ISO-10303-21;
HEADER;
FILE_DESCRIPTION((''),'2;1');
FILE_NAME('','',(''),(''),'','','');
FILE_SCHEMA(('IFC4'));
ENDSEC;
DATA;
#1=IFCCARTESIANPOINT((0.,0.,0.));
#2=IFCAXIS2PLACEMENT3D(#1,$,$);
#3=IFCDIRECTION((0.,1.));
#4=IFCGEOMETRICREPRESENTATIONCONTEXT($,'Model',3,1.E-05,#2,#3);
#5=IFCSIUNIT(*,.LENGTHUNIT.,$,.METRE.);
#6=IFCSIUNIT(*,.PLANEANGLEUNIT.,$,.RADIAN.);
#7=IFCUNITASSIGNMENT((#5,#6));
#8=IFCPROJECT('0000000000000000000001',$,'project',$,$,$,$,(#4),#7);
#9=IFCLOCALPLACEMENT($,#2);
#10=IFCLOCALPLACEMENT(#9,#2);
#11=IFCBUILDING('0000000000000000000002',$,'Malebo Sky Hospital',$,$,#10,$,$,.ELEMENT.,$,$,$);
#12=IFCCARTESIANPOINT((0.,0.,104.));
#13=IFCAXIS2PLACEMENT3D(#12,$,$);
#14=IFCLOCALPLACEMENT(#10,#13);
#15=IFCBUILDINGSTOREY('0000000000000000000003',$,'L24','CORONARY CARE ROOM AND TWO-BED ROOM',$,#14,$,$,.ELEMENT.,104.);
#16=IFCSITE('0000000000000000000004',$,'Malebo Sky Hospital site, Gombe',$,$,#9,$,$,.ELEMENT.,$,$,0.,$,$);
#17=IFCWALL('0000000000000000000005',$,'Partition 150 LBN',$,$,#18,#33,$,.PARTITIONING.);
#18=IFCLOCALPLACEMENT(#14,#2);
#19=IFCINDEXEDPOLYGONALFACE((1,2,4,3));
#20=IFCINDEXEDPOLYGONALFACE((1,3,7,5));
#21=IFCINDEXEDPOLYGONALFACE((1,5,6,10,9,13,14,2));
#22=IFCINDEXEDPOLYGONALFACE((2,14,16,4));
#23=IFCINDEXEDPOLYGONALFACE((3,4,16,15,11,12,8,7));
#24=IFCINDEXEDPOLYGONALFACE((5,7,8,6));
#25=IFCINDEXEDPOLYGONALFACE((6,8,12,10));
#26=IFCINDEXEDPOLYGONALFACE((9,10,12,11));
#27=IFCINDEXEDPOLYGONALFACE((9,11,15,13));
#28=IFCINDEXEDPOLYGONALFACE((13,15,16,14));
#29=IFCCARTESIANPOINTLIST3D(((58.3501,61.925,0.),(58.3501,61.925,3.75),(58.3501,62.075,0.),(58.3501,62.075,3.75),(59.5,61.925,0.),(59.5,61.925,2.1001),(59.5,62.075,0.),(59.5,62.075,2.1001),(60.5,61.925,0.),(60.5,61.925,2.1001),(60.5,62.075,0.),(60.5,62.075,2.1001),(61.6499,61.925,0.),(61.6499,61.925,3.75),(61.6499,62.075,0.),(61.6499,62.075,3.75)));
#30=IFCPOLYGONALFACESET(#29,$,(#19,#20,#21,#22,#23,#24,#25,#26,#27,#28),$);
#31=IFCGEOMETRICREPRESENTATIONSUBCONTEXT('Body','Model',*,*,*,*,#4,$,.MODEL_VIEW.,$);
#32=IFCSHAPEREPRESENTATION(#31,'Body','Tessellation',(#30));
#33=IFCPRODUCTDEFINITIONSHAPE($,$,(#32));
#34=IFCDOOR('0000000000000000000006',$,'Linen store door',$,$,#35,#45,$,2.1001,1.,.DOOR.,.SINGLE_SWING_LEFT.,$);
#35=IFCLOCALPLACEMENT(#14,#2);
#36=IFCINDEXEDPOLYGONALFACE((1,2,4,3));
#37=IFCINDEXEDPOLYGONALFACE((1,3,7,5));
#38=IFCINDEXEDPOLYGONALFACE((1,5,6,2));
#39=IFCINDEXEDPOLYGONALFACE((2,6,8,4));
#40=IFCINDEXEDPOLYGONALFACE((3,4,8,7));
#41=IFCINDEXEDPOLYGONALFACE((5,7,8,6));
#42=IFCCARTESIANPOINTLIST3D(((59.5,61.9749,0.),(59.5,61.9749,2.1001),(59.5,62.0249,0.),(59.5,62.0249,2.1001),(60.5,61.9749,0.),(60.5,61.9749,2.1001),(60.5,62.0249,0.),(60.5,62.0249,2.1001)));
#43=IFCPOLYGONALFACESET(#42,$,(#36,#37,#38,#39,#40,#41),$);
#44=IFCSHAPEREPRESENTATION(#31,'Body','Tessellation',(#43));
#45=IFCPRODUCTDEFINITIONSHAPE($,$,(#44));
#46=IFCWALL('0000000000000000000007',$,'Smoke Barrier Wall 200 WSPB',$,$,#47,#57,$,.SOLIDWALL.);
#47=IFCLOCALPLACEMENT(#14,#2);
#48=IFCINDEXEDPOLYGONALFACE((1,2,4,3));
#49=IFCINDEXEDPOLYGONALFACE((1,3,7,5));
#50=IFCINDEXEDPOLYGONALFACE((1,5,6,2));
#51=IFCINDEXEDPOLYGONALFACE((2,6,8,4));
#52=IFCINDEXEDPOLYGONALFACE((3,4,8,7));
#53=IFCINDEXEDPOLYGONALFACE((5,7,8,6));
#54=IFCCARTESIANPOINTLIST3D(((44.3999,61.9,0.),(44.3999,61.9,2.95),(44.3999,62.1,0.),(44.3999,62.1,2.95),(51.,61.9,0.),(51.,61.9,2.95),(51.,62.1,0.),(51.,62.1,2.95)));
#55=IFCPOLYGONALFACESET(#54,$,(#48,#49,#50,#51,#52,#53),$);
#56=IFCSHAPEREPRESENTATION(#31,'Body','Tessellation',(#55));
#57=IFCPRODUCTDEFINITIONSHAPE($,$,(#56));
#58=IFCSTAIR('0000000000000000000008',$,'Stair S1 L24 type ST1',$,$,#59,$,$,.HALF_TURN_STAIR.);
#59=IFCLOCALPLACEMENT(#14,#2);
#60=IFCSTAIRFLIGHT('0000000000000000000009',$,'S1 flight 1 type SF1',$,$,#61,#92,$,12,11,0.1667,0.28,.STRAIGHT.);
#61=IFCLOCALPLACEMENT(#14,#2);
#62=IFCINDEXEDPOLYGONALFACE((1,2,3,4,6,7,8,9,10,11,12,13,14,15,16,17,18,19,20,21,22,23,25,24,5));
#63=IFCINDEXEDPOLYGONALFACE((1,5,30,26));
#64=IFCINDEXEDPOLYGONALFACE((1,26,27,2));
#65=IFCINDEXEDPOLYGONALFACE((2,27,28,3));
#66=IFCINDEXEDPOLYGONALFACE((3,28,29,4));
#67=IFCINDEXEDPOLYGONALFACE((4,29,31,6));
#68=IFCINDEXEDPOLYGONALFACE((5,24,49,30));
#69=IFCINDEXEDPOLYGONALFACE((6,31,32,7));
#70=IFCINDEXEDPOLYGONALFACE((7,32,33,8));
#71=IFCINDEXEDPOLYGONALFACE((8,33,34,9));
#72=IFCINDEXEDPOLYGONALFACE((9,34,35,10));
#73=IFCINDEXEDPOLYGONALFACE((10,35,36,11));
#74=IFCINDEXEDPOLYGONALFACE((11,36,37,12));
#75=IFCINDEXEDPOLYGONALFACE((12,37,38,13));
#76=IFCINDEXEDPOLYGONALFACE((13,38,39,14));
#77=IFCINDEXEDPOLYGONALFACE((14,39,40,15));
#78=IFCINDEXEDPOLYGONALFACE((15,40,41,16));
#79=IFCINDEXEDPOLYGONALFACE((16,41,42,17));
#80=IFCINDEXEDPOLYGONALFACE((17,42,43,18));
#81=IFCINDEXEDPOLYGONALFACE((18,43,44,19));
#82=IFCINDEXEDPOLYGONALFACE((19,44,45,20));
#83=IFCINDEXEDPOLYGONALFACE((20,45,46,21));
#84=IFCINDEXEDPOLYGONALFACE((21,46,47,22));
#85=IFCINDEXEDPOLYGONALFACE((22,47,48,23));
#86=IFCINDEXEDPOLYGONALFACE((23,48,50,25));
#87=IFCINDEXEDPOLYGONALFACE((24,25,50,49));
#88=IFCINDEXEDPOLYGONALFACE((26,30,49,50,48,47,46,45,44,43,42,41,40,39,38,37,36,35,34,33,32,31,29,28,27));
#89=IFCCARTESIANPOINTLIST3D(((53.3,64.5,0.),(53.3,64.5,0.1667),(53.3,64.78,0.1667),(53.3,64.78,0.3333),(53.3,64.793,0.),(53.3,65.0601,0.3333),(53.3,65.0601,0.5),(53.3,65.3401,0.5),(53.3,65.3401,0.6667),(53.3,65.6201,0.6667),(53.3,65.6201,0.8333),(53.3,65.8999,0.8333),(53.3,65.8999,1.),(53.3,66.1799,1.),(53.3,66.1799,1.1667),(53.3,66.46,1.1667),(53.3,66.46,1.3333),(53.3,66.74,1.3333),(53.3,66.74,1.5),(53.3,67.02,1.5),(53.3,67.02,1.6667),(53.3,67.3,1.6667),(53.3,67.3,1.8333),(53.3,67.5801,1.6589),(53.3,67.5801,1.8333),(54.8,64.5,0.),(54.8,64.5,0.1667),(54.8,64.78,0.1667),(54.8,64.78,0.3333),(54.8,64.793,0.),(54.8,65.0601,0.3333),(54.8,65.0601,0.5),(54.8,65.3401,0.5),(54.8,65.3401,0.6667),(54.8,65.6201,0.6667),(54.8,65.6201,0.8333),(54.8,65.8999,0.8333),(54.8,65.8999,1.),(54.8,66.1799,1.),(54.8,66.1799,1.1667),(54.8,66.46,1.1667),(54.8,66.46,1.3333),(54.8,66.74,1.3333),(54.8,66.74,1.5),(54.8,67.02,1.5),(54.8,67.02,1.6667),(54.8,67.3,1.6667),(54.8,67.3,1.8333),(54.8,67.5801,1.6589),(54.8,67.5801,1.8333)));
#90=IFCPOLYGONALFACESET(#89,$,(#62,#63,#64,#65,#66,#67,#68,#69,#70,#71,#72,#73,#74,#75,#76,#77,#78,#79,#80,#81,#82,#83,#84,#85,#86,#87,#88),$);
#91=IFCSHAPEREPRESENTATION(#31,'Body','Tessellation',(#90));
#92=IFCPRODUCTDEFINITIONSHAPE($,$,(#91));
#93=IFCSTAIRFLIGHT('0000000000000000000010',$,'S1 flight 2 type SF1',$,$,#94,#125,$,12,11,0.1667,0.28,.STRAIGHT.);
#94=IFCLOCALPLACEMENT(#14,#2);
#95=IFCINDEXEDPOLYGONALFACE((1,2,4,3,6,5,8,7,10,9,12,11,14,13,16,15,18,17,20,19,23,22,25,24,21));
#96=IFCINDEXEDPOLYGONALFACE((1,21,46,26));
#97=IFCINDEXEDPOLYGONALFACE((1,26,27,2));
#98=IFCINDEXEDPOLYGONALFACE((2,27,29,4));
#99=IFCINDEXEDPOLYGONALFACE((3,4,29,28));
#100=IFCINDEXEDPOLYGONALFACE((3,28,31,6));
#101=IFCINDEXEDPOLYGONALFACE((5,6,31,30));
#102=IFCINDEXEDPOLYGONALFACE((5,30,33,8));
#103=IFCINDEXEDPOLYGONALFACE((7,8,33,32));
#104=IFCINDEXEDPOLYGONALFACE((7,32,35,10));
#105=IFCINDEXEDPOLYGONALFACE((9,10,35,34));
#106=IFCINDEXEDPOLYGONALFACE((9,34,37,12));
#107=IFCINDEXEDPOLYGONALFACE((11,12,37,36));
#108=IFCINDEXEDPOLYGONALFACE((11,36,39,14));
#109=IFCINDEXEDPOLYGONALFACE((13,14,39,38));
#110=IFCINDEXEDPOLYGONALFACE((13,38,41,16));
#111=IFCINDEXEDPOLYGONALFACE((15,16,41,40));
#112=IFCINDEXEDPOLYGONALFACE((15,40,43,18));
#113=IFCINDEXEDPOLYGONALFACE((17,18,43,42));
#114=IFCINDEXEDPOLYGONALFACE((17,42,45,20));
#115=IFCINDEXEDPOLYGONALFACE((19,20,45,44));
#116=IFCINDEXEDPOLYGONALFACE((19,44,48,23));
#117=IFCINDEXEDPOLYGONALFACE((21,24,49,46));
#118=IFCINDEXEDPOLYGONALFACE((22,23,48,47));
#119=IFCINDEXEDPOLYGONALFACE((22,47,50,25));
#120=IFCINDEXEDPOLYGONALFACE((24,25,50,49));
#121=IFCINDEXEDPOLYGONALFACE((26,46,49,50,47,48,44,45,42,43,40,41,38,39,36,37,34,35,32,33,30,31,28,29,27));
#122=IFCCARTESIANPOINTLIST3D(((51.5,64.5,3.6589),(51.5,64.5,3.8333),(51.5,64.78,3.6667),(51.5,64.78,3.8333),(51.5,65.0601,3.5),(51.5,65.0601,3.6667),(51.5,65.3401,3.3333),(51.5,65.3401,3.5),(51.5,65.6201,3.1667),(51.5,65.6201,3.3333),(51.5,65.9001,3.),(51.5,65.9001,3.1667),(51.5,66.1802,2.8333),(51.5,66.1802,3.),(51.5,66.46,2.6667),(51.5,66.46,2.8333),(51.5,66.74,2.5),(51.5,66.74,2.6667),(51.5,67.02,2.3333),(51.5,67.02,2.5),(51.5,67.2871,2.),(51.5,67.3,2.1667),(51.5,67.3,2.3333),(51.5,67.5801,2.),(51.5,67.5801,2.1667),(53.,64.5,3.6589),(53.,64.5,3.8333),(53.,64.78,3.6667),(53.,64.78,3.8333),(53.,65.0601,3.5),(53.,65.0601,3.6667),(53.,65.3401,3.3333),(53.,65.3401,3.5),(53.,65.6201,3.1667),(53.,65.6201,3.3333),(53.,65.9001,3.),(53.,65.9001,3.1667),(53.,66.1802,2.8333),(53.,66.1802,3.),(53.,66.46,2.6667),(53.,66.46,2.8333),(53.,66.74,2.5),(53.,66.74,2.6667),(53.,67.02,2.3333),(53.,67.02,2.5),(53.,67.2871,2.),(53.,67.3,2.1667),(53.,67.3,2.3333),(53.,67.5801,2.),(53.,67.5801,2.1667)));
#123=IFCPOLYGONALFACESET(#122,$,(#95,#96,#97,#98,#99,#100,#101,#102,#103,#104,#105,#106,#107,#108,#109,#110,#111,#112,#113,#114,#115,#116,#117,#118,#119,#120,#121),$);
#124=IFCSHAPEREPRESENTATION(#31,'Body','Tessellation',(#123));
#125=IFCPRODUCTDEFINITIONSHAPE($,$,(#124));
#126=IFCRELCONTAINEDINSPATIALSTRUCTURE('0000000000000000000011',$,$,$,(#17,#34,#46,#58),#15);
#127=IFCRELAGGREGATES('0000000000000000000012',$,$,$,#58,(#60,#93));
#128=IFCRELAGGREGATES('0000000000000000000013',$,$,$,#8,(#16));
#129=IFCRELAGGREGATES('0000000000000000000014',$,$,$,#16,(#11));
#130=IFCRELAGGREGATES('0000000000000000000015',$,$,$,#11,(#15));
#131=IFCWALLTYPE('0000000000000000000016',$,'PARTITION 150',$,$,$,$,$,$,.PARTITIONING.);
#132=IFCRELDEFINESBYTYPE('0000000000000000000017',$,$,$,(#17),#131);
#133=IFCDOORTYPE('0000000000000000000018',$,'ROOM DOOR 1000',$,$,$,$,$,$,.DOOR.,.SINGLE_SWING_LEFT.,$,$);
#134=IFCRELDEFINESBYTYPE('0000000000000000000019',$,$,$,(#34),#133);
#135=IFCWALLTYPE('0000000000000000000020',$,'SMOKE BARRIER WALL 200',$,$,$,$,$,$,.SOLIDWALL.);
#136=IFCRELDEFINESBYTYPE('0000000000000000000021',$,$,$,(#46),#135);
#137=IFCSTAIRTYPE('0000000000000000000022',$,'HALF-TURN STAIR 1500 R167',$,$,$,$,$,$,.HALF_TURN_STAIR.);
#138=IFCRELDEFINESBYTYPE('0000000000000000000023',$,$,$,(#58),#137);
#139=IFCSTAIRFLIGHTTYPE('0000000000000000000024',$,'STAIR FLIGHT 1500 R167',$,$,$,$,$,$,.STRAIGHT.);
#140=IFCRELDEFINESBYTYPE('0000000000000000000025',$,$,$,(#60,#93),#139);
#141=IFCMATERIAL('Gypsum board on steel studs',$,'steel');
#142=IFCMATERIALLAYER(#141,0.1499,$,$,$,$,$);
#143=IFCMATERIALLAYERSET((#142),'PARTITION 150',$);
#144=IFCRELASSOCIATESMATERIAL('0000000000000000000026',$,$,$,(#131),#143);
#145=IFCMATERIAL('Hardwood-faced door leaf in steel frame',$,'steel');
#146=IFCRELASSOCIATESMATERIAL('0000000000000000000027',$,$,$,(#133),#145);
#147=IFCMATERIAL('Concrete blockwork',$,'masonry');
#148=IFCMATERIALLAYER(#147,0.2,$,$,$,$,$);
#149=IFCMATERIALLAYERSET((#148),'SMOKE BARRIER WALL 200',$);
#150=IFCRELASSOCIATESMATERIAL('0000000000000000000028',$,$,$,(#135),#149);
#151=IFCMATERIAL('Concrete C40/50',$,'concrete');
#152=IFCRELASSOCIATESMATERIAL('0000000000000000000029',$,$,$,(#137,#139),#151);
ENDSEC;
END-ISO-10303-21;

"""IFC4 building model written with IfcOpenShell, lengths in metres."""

from ifc_helpers import new_model, si_unit, direction, frame, frame_2d, origin, place, context, subcontext, project, spatial, polyline, rectangle, outline, extrude, material, layer, layer_set, type_object, element, fill, aggregate, save


model = new_model("IFC4")

# Units and contexts
model_context = context("Model", 3, precision=1e-05, world=origin(), true_north=direction((0.0, 1.0)))
body_context = subcontext(model_context, "Body", "Model", "MODEL_VIEW")
ifc_project = project(units=[si_unit("LENGTHUNIT", "METRE"), si_unit("PLANEANGLEUNIT", "RADIAN")], contexts=[model_context])

# Site, building, storey
site_placement = place(None, origin())
site = spatial("IfcSite", under=ifc_project, at=site_placement, Name="Malebo Sky Hospital site, Gombe", CompositionType="ELEMENT", RefElevation=0.0)
building_placement = place(site_placement, origin())
building = spatial("IfcBuilding", under=site, at=building_placement, Name="Malebo Sky Hospital", CompositionType="ELEMENT")
storey_placement = place(building_placement, frame((0.0, 0.0, 104.0)))
storey = spatial("IfcBuildingStorey", under=building, at=storey_placement, Name="L24", Description="CORONARY CARE ROOM AND TWO-BED ROOM", CompositionType="ELEMENT", Elevation=104.0)

# Shared definitions
ifc_material_1 = material(Name="Hardwood-faced door leaf in steel frame", Category="steel")

# Shared definitions
ifc_material_2 = material(Name="Gypsum board on steel studs", Category="steel")
ifc_layer_1 = layer(ifc_material_2, 0.1499)
ifc_layer_set_1 = layer_set([ifc_layer_1], Name="PARTITION 150")
wall_type_1 = type_object("IfcWallType", Name="PARTITION 150", PredefinedType="PARTITIONING", material=ifc_layer_set_1)

# Wall, opening, door
wall_1_placement = place(storey_placement, frame((58.3501, 62.0, 0.0), z_axis=(0.0, 0.0, 1.0), x_axis=(1.0, 0.0, 0.0)))
wall_1 = element("IfcWall", 1, at=wall_1_placement, inside=storey, type_object=wall_type_1, Name="Partition 150 LBN", PredefinedType="PARTITIONING", context=body_context, shape_type="SweptSolid", body=[
    extrude(rectangle(XDim=3.2998, YDim=0.1499, at=frame_2d((1.6499, 0.0))), origin(), (0.0, 0.0, 1.0), 3.75),
])
opening_1_placement = place(wall_1_placement, frame((1.1499, 0.0, 0.0)))
opening_1 = element("IfcOpeningElement", 2, at=opening_1_placement, cuts=wall_1, PredefinedType="OPENING", context=body_context, shape_type="SweptSolid", body=[
    extrude(rectangle(XDim=1.0, YDim=2.1001, at=frame_2d((0.5, 1.05))), frame((0.0, 0.085, 0.0), z_axis=(0.0, -1.0, 0.0), x_axis=(1.0, 0.0, 0.0)), (0.0, 0.0, 1.0), 0.1699),
])
door_type_1 = type_object("IfcDoorType", Name="ROOM DOOR 1000", OperationType="SINGLE_SWING_LEFT", PredefinedType="DOOR", material=ifc_material_1)
door_1_placement = place(opening_1_placement, origin())
door_1 = element("IfcDoor", 3, at=door_1_placement, inside=storey, type_object=door_type_1, Name="Linen store door", OperationType="SINGLE_SWING_LEFT", OverallHeight=2.1001, OverallWidth=1.0, PredefinedType="DOOR", context=body_context, shape_type="SweptSolid", body=[
    extrude(rectangle(XDim=1.0, YDim=2.1001, at=frame_2d((0.5, 1.05))), frame((0.0, 0.0249, 0.0), z_axis=(0.0, -1.0, 0.0), x_axis=(1.0, 0.0, 0.0)), (0.0, 0.0, 1.0), 0.05),
])
fill(opening_1, door_1)

# Wall
ifc_material_3 = material(Name="Concrete blockwork", Category="masonry")
ifc_layer_2 = layer(ifc_material_3, 0.2)
ifc_layer_set_2 = layer_set([ifc_layer_2], Name="SMOKE BARRIER WALL 200")
wall_type_2 = type_object("IfcWallType", Name="SMOKE BARRIER WALL 200", PredefinedType="SOLIDWALL", material=ifc_layer_set_2)
wall_2_placement = place(storey_placement, frame((51.0, 62.0, 0.0), z_axis=(0.0, 0.0, 1.0), x_axis=(-1.0, 0.0, 0.0)))
element("IfcWall", 4, at=wall_2_placement, inside=storey, type_object=wall_type_2, Name="Smoke Barrier Wall 200 WSPB", PredefinedType="SOLIDWALL", context=body_context, shape_type="SweptSolid", body=[
    extrude(rectangle(XDim=6.6001, YDim=0.2, at=frame_2d((3.3, 0.0))), origin(), (0.0, 0.0, 1.0), 2.95),
])

# Stair, stair flights
ifc_material_4 = material(Name="Concrete C40/50", Category="concrete")
stair_type = type_object("IfcStairType", Name="HALF-TURN STAIR 1500 R167", PredefinedType="HALF_TURN_STAIR", material=ifc_material_4)
stair_placement = place(storey_placement, origin())
stair = element("IfcStair", 5, at=stair_placement, inside=storey, type_object=stair_type, Name="Stair S1 L24 type ST1", PredefinedType="HALF_TURN_STAIR")
stair_flight_type = type_object("IfcStairFlightType", Name="STAIR FLIGHT 1500 R167", PredefinedType="STRAIGHT", material=ifc_material_4)
stair_flight_1_placement = place(storey_placement, frame((54.05, 64.5, 0.0), z_axis=(0.0, 0.0, 1.0), x_axis=(0.0, 1.0, 0.0)))
stair_flight_1 = element("IfcStairFlight", 6, at=stair_flight_1_placement, type_object=stair_flight_type, Name="S1 flight 1 type SF1", NumberOfRisers=12, NumberOfTreads=11, PredefinedType="STRAIGHT", RiserHeight=0.1667, TreadLength=0.28, context=body_context, shape_type="SweptSolid", body=[
    extrude(outline(polyline([(0.0, 0.0), (0.0, 0.1667), (0.28, 0.1667), (0.28, 0.3333), (0.5601, 0.3333), (0.5601, 0.5), (0.8401, 0.5), (0.8401, 0.6667), (1.1201, 0.6667), (1.1201, 0.8333), (1.3999, 0.8333), (1.3999, 1.0), (1.6799, 1.0), (1.6799, 1.1667), (1.96, 1.1667), (1.96, 1.3333), (2.24, 1.3333), (2.24, 1.5), (2.52, 1.5), (2.52, 1.6667), (2.8, 1.6667), (2.8, 1.8333), (3.0801, 1.8333), (3.0801, 2.0), (3.0801, 1.6589), (0.293, 0.0), (0.0, 0.0)])), frame((0.0, 0.75, 0.0), z_axis=(0.0, -1.0, 0.0), x_axis=(1.0, 0.0, 0.0)), (0.0, 0.0, 1.0), 1.5),
])
stair_flight_2_placement = place(storey_placement, frame((52.25, 67.5801, 2.0), z_axis=(0.0, 0.0, 1.0), x_axis=(0.0, -1.0, 0.0)))
stair_flight_2 = element("IfcStairFlight", 7, at=stair_flight_2_placement, type_object=stair_flight_type, Name="S1 flight 2 type SF1", NumberOfRisers=12, NumberOfTreads=11, PredefinedType="STRAIGHT", RiserHeight=0.1667, TreadLength=0.28, context=body_context, shape_type="SweptSolid", body=[
    extrude(outline(polyline([(0.0, 0.0), (0.0, 0.1667), (0.28, 0.1667), (0.28, 0.3333), (0.5601, 0.3333), (0.5601, 0.5), (0.8401, 0.5), (0.8401, 0.6667), (1.1201, 0.6667), (1.1201, 0.8333), (1.3999, 0.8333), (1.3999, 1.0), (1.6799, 1.0), (1.6799, 1.1667), (1.96, 1.1667), (1.96, 1.3333), (2.24, 1.3333), (2.24, 1.5), (2.52, 1.5), (2.52, 1.6667), (2.8, 1.6667), (2.8, 1.8333), (3.0801, 1.8333), (3.0801, 2.0), (3.0801, 1.6589), (0.293, 0.0), (0.0, 0.0)])), frame((0.0, 0.75, 0.0), z_axis=(0.0, -1.0, 0.0), x_axis=(1.0, 0.0, 0.0)), (0.0, 0.0, 1.0), 1.5),
])
aggregate(stair, [stair_flight_1, stair_flight_2])

save(model, "model.ifc")
